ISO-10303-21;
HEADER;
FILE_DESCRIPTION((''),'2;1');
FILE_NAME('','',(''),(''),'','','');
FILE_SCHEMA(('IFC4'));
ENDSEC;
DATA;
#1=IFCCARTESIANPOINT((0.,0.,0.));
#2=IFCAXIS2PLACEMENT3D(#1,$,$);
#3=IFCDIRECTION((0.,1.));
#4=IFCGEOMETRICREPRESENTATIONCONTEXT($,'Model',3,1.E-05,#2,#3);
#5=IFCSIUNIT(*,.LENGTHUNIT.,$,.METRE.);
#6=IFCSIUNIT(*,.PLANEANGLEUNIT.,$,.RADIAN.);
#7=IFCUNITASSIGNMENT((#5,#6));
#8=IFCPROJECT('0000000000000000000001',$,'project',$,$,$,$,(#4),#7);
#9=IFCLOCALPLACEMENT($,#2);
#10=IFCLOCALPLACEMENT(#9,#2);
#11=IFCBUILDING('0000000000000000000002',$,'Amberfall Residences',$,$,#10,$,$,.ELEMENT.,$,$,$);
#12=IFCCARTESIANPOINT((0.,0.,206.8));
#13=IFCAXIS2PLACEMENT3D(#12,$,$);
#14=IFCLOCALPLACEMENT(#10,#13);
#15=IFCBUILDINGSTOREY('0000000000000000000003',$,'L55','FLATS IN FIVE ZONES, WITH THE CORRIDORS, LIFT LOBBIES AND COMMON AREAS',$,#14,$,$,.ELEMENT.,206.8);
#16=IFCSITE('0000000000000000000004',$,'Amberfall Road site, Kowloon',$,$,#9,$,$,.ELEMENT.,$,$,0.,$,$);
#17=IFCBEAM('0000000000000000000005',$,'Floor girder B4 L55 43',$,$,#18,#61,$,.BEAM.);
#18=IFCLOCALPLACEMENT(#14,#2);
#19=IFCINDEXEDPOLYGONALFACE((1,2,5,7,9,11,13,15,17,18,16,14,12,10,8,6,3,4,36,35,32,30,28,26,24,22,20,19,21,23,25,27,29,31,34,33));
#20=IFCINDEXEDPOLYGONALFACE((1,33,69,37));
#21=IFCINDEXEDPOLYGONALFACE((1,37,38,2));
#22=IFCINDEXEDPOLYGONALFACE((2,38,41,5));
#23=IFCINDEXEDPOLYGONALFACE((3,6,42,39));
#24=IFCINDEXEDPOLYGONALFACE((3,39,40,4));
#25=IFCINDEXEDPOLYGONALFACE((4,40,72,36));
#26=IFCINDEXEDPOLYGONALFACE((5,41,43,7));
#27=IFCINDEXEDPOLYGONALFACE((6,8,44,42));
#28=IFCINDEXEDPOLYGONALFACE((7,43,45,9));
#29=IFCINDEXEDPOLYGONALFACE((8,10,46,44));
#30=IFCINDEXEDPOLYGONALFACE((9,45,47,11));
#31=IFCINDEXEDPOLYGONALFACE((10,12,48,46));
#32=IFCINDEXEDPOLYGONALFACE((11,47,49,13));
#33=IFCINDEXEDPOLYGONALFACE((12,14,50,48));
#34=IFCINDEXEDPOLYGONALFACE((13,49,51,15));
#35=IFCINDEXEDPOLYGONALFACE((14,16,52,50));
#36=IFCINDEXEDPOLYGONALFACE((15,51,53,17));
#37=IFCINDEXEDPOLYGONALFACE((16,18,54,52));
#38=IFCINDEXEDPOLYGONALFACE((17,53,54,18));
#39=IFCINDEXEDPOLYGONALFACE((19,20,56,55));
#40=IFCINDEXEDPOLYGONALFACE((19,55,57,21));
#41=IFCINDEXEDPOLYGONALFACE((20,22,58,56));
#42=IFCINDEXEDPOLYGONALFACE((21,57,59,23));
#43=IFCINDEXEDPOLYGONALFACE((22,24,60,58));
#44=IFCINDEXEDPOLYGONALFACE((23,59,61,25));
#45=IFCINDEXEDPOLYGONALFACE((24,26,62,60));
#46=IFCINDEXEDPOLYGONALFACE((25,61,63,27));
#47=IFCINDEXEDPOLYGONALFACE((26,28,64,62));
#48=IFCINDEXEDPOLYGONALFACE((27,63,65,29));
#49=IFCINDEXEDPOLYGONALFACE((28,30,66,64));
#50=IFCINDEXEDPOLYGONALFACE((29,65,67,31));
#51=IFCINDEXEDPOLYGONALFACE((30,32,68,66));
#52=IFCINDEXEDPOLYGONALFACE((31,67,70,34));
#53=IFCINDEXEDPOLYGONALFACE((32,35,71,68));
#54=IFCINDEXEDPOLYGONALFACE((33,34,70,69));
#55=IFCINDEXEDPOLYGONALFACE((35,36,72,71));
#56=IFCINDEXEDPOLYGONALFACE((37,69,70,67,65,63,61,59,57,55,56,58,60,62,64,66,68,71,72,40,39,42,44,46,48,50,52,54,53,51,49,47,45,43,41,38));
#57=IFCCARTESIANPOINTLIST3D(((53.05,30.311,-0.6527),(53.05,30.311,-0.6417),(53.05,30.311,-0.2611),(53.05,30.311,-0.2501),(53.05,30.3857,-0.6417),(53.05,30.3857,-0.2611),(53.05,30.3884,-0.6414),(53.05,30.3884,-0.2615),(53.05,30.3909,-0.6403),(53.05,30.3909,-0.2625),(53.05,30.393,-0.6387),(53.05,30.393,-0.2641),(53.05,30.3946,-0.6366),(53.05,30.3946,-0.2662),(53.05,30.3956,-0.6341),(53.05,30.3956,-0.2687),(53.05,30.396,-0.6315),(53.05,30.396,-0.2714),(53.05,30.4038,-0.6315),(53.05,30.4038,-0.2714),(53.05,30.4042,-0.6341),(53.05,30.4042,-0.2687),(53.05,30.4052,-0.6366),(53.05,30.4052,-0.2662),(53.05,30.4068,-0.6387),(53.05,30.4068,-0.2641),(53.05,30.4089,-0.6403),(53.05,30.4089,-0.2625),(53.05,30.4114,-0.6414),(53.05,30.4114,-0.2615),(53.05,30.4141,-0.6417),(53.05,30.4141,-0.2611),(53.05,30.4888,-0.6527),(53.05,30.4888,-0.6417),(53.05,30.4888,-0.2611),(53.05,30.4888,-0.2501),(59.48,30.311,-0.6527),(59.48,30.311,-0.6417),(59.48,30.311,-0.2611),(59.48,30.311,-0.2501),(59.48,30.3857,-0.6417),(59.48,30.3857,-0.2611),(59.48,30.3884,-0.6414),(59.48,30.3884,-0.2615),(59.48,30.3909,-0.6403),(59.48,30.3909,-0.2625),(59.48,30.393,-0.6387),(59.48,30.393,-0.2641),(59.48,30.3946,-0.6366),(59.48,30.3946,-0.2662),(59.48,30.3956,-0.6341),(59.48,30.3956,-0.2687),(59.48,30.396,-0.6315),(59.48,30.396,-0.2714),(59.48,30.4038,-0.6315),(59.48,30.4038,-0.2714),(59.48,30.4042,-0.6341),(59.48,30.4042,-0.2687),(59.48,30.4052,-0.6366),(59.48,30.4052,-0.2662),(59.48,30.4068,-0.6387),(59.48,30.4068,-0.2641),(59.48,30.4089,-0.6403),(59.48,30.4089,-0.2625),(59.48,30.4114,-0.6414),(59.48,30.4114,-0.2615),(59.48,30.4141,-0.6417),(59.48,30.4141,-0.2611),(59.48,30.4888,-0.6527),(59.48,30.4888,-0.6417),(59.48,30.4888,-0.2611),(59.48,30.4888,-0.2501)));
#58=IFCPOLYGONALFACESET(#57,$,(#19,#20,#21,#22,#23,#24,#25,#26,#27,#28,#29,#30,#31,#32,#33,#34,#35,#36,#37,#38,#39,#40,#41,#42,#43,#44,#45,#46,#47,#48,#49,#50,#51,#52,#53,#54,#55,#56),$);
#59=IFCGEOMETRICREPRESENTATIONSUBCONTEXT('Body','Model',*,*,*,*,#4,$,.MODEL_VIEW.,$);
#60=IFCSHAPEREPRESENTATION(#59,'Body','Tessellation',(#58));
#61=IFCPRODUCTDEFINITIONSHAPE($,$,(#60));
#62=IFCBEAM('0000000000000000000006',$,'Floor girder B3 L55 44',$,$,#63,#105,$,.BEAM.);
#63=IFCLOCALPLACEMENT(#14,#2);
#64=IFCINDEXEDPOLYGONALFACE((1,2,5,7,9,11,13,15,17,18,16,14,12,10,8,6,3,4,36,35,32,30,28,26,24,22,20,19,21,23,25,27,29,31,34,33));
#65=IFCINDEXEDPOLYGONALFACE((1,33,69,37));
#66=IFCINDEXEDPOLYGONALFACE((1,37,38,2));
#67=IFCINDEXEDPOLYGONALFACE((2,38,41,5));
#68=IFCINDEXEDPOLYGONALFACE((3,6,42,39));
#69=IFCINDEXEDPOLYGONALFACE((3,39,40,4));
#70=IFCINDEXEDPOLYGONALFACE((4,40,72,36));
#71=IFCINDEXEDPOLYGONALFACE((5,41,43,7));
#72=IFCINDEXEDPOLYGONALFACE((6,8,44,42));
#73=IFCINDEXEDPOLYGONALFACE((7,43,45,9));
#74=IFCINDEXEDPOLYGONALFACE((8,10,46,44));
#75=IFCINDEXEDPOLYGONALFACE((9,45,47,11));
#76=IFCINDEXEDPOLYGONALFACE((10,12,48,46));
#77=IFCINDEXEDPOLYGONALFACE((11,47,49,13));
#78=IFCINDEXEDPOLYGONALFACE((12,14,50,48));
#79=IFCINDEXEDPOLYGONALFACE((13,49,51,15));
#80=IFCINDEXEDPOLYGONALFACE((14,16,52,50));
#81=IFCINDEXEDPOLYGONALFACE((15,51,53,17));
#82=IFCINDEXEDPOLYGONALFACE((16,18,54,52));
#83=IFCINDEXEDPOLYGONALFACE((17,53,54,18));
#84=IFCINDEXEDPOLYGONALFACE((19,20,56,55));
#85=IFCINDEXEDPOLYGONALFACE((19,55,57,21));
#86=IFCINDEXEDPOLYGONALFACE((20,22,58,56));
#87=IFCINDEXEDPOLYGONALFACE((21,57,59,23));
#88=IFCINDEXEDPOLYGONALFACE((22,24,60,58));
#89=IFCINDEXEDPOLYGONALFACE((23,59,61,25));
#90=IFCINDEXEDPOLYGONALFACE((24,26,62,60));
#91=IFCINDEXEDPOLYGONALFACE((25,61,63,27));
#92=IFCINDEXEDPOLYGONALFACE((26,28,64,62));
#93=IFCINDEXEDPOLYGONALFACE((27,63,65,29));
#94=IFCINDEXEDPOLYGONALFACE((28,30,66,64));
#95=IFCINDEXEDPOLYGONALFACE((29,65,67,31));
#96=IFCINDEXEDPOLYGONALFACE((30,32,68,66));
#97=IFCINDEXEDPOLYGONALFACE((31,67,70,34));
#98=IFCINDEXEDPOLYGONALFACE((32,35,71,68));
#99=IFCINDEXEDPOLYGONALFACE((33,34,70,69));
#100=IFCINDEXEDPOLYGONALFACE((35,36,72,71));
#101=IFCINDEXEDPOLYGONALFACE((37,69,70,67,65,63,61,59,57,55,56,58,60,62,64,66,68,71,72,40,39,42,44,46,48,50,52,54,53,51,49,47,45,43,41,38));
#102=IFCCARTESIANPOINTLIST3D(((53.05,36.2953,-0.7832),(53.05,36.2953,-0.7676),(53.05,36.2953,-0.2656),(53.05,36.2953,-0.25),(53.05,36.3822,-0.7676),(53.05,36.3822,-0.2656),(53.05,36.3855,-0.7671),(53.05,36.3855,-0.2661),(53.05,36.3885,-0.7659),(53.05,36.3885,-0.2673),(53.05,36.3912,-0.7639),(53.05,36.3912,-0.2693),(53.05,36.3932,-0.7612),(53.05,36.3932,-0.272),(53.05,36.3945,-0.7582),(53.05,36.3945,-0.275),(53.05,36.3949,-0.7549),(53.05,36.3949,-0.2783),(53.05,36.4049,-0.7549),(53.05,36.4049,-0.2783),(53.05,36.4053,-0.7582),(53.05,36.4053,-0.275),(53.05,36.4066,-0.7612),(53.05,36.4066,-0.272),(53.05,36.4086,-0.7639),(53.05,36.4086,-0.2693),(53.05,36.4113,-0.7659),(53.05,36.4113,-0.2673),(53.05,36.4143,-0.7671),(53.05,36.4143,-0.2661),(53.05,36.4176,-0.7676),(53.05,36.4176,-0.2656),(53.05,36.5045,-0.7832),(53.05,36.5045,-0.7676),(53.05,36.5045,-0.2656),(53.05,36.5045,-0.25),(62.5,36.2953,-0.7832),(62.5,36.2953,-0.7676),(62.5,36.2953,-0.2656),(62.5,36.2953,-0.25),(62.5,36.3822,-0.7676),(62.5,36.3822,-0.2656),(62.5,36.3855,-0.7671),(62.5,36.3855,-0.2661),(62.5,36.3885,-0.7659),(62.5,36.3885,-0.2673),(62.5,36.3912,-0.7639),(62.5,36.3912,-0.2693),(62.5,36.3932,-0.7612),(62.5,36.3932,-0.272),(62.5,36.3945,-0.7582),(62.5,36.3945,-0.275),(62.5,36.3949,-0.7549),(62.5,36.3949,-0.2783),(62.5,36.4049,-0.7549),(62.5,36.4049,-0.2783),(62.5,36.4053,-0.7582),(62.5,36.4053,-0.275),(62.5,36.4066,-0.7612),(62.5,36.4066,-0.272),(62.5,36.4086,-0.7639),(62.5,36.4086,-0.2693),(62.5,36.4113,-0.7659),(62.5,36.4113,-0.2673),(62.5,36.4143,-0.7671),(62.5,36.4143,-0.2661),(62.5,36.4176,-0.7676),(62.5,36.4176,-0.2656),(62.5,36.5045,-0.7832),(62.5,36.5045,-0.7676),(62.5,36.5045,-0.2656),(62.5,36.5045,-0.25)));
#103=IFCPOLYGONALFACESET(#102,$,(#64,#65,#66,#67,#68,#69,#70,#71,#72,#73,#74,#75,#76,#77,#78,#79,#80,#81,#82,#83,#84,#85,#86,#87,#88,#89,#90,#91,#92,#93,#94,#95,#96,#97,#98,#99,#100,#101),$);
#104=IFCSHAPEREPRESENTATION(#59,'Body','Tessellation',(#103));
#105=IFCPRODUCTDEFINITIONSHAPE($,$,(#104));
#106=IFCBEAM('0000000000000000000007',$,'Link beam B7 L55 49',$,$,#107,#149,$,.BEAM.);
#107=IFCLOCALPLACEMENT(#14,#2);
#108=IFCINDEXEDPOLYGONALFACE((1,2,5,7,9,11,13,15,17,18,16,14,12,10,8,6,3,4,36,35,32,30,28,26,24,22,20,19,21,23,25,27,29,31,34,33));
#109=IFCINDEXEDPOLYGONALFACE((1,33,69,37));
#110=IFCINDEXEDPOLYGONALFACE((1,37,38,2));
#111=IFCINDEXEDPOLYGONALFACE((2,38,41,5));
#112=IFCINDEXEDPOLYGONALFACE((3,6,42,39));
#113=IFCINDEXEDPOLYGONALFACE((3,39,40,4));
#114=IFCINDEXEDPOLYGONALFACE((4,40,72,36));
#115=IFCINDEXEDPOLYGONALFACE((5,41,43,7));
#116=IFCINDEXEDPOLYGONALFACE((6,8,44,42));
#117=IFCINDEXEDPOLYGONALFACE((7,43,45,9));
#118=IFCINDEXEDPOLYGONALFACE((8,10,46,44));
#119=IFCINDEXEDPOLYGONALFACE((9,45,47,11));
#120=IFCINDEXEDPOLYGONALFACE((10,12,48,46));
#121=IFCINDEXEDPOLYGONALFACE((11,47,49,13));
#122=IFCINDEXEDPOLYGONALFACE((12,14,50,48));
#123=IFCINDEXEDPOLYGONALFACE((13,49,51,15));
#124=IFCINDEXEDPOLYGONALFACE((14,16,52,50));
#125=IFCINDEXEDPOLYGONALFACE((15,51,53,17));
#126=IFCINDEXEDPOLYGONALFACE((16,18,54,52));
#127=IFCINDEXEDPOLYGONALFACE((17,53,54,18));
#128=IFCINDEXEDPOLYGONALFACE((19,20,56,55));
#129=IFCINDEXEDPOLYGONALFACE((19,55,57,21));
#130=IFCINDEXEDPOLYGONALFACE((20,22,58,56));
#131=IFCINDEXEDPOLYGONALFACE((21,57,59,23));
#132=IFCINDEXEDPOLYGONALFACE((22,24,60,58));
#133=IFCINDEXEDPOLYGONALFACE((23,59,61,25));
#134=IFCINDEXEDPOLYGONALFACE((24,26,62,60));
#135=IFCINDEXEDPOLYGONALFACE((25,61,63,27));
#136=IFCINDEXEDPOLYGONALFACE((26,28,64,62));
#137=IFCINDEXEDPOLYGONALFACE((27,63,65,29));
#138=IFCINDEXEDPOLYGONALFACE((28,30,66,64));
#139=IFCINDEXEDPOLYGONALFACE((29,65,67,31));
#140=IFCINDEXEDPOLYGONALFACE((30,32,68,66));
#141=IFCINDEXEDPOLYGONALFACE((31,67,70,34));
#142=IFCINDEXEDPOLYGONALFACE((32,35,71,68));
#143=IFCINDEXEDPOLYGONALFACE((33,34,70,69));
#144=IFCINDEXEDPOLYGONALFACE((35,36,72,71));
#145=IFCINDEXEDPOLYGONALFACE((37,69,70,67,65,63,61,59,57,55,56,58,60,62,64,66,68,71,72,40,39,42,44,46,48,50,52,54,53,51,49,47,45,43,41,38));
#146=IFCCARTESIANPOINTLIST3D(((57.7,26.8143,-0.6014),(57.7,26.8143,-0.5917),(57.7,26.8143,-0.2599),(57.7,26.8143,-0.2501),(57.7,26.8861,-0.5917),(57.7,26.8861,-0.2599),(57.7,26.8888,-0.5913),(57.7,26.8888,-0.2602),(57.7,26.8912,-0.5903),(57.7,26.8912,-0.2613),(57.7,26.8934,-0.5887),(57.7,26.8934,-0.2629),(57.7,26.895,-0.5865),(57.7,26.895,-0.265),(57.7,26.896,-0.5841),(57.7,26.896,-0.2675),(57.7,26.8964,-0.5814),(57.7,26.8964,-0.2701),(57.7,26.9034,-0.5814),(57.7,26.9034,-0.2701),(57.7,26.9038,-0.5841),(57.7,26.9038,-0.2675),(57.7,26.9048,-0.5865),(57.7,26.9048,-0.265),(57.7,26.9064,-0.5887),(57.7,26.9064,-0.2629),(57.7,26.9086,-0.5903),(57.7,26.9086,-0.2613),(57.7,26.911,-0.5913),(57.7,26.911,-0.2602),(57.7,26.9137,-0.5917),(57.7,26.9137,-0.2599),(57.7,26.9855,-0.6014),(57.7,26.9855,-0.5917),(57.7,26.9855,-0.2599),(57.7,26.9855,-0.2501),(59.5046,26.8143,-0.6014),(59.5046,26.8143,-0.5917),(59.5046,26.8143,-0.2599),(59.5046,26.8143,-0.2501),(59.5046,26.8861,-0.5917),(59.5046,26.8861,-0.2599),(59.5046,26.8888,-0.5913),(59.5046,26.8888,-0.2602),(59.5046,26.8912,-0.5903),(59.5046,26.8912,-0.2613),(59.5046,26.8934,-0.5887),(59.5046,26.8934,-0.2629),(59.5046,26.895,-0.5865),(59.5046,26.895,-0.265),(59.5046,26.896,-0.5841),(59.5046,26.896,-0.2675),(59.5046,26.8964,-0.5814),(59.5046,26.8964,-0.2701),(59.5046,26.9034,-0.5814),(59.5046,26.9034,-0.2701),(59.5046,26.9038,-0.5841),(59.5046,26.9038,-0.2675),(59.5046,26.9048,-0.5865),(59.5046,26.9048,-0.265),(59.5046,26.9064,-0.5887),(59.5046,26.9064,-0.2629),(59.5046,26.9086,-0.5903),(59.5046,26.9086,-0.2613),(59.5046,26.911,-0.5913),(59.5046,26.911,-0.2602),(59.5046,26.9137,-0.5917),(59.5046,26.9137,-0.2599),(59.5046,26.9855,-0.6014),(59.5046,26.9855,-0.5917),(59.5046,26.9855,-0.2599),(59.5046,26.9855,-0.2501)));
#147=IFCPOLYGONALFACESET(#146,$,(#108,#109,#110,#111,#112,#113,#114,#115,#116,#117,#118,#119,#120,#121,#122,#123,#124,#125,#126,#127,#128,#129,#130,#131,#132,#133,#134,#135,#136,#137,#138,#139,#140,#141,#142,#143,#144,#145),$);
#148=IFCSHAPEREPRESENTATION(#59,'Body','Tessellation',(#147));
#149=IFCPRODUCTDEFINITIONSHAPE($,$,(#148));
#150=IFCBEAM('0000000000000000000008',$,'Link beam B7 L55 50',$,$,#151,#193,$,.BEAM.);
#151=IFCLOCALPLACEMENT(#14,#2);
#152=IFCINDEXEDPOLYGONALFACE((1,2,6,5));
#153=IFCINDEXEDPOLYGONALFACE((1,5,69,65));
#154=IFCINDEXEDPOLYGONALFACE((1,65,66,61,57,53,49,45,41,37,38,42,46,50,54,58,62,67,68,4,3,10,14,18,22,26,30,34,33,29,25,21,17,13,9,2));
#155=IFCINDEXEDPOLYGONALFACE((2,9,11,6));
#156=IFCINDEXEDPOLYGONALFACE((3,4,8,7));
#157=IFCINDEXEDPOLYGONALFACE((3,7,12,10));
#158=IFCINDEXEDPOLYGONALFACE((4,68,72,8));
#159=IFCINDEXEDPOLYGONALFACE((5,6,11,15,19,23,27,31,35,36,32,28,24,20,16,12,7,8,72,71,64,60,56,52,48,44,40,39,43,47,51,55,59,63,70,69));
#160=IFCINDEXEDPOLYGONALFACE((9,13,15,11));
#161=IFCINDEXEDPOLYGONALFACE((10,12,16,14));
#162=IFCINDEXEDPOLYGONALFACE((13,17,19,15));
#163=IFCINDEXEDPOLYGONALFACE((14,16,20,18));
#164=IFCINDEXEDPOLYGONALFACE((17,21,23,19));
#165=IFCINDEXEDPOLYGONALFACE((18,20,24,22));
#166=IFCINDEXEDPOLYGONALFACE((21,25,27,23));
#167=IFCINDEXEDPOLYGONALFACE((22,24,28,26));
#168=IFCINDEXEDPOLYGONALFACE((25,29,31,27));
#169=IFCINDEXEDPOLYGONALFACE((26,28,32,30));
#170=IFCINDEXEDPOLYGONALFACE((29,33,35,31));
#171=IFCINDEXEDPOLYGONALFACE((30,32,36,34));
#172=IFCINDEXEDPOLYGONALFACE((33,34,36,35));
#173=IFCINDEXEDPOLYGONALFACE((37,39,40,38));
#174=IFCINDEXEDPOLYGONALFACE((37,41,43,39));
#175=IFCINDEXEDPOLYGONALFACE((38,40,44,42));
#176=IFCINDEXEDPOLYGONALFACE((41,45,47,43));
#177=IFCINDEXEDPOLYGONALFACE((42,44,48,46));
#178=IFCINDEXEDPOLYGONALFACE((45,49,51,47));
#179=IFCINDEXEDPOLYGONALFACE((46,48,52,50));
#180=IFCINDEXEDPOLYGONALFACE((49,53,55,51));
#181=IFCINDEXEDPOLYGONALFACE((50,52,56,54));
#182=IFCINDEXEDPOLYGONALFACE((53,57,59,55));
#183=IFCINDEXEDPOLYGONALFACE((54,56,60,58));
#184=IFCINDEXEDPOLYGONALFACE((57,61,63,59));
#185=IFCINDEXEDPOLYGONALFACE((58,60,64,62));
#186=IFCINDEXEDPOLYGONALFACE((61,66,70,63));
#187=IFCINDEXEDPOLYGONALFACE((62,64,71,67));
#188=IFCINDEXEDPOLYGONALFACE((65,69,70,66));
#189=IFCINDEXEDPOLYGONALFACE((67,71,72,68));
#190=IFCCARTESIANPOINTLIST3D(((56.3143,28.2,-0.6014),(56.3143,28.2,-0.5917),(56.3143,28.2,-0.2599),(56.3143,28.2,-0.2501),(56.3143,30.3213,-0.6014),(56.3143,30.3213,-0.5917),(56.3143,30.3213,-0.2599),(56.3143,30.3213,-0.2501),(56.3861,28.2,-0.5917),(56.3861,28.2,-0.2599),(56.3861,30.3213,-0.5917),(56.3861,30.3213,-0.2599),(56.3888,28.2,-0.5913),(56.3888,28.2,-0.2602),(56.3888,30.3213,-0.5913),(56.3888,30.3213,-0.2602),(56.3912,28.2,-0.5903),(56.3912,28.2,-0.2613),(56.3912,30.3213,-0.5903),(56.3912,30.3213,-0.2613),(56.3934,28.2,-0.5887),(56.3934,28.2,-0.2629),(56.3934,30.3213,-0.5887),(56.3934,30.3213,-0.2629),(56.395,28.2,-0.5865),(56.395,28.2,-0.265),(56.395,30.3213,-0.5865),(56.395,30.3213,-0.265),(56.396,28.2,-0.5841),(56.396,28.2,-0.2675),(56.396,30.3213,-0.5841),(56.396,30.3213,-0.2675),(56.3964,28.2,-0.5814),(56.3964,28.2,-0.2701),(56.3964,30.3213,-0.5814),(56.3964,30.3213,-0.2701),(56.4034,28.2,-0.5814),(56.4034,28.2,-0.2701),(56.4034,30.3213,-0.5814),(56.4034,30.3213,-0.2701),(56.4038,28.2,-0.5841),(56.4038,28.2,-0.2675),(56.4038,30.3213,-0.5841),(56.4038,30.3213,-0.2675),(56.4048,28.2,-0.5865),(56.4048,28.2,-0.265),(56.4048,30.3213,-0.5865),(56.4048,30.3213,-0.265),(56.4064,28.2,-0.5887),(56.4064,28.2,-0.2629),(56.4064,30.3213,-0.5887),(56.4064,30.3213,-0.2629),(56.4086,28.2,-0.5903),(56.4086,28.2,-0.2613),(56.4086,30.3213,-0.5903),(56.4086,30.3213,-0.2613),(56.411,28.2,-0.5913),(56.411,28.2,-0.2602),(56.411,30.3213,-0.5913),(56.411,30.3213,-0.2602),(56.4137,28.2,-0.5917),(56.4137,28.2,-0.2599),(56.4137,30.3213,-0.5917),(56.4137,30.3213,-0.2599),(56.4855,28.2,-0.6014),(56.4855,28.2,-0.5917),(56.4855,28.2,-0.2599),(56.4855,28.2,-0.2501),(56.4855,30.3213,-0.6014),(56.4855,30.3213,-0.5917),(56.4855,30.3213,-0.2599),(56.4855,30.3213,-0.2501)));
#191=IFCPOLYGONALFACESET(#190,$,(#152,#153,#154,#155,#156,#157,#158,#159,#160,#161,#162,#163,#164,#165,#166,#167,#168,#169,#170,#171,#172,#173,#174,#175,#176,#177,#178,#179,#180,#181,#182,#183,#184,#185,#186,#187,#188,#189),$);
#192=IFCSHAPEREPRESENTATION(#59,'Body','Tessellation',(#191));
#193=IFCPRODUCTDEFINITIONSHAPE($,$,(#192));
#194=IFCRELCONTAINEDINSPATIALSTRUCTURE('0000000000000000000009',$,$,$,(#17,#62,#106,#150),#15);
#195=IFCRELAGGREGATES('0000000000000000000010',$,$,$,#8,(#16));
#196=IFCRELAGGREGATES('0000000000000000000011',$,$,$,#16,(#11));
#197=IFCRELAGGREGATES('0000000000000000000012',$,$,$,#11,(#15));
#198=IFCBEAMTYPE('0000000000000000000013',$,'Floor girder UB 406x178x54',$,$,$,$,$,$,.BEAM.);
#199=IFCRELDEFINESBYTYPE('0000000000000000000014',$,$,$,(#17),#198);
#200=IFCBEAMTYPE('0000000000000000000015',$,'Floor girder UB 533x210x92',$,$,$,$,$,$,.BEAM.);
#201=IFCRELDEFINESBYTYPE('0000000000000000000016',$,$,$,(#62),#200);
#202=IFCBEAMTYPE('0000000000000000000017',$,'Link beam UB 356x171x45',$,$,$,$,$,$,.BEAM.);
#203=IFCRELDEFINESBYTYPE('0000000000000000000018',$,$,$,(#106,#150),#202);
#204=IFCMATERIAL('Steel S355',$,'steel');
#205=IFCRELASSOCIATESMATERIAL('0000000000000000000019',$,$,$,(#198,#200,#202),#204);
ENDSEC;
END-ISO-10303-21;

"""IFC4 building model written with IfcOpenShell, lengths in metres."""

from ifc_helpers import new_model, si_unit, direction, frame, origin, origin_2d, place, context, subcontext, project, spatial, i_section, extrude, material, material_profile, profile_set, type_object, element, save


model = new_model("IFC4")

# Units and contexts
model_context = context("Model", 3, precision=1e-05, world=origin(), true_north=direction((0.0, 1.0)))
body_context = subcontext(model_context, "Body", "Model", "MODEL_VIEW")
ifc_project = project(units=[si_unit("LENGTHUNIT", "METRE"), si_unit("PLANEANGLEUNIT", "RADIAN")], contexts=[model_context])

# Site, building, storey
site_placement = place(None, origin())
site = spatial("IfcSite", under=ifc_project, at=site_placement, Name="Amberfall Road site, Kowloon", CompositionType="ELEMENT", RefElevation=0.0)
building_placement = place(site_placement, origin())
building = spatial("IfcBuilding", under=site, at=building_placement, Name="Amberfall Residences", CompositionType="ELEMENT")
storey_placement = place(building_placement, frame((0.0, 0.0, 206.8)))
storey = spatial("IfcBuildingStorey", under=building, at=storey_placement, Name="L55", Description="FLATS IN FIVE ZONES, WITH THE CORRIDORS, LIFT LOBBIES AND COMMON AREAS", CompositionType="ELEMENT", Elevation=206.8)

# Beams
ifc_material_1 = material(Name="Steel S355", Category="steel")
ifc_material_profile_1 = material_profile(ifc_material_1, i_section(OverallWidth=0.1777, OverallDepth=0.4026, WebThickness=0.0078, FlangeThickness=0.011, FilletRadius=0.0103, at=origin_2d()), Name="UB 406x178x54")
ifc_profile_set_1 = profile_set([ifc_material_profile_1], Name="Steel S355")
beam_type_1 = type_object("IfcBeamType", Name="Floor girder UB 406x178x54", PredefinedType="BEAM", material=ifc_profile_set_1)
beam_1_placement = place(storey_placement, frame((53.05, 30.3999, -0.4514), z_axis=(1.0, 0.0, 0.0), x_axis=(0.0, 1.0, 0.0)))
element("IfcBeam", 1, at=beam_1_placement, inside=storey, type_object=beam_type_1, Name="Floor girder B4 L55 43", PredefinedType="BEAM", context=body_context, shape_type="SweptSolid", body=[
    extrude(i_section(OverallWidth=0.1777, OverallDepth=0.4026, WebThickness=0.0078, FlangeThickness=0.011, FilletRadius=0.0103, at=origin_2d()), origin(), (0.0, 0.0, 1.0), 6.4299),
])
ifc_material_profile_2 = material_profile(ifc_material_1, i_section(OverallWidth=0.2092, OverallDepth=0.5332, WebThickness=0.01, FlangeThickness=0.0156, FilletRadius=0.0127, at=origin_2d()), Name="UB 533x210x92")
ifc_profile_set_2 = profile_set([ifc_material_profile_2], Name="Steel S355")
beam_type_2 = type_object("IfcBeamType", Name="Floor girder UB 533x210x92", PredefinedType="BEAM", material=ifc_profile_set_2)
beam_2_placement = place(storey_placement, frame((53.05, 36.3999, -0.5166), z_axis=(1.0, 0.0, 0.0), x_axis=(0.0, 1.0, 0.0)))
element("IfcBeam", 2, at=beam_2_placement, inside=storey, type_object=beam_type_2, Name="Floor girder B3 L55 44", PredefinedType="BEAM", context=body_context, shape_type="SweptSolid", body=[
    extrude(i_section(OverallWidth=0.2092, OverallDepth=0.5332, WebThickness=0.01, FlangeThickness=0.0156, FilletRadius=0.0127, at=origin_2d()), origin(), (0.0, 0.0, 1.0), 9.45),
])
ifc_material_profile_3 = material_profile(ifc_material_1, i_section(OverallWidth=0.1711, OverallDepth=0.3513, WebThickness=0.0071, FlangeThickness=0.0098, FilletRadius=0.0103, at=origin_2d()), Name="UB 356x171x45")
ifc_profile_set_3 = profile_set([ifc_material_profile_3], Name="Steel S355")
beam_type_3 = type_object("IfcBeamType", Name="Link beam UB 356x171x45", PredefinedType="BEAM", material=ifc_profile_set_3)
beam_3_placement = place(storey_placement, frame((57.7, 26.8999, -0.4258), z_axis=(1.0, 0.0, 0.0), x_axis=(0.0, 1.0, 0.0)))
element("IfcBeam", 3, at=beam_3_placement, inside=storey, type_object=beam_type_3, Name="Link beam B7 L55 49", PredefinedType="BEAM", context=body_context, shape_type="SweptSolid", body=[
    extrude(i_section(OverallWidth=0.1711, OverallDepth=0.3513, WebThickness=0.0071, FlangeThickness=0.0098, FilletRadius=0.0103, at=origin_2d()), origin(), (0.0, 0.0, 1.0), 1.8047),
])
beam_4_placement = place(storey_placement, frame((56.3999, 28.2, -0.4258), z_axis=(0.0, 1.0, 0.0), x_axis=(-1.0, 0.0, 0.0)))
element("IfcBeam", 4, at=beam_4_placement, inside=storey, type_object=beam_type_3, Name="Link beam B7 L55 50", PredefinedType="BEAM", context=body_context, shape_type="SweptSolid", body=[
    extrude(i_section(OverallWidth=0.1711, OverallDepth=0.3513, WebThickness=0.0071, FlangeThickness=0.0098, FilletRadius=0.0103, at=origin_2d()), origin(), (0.0, 0.0, 1.0), 2.1213),
])

save(model, "model.ifc")
